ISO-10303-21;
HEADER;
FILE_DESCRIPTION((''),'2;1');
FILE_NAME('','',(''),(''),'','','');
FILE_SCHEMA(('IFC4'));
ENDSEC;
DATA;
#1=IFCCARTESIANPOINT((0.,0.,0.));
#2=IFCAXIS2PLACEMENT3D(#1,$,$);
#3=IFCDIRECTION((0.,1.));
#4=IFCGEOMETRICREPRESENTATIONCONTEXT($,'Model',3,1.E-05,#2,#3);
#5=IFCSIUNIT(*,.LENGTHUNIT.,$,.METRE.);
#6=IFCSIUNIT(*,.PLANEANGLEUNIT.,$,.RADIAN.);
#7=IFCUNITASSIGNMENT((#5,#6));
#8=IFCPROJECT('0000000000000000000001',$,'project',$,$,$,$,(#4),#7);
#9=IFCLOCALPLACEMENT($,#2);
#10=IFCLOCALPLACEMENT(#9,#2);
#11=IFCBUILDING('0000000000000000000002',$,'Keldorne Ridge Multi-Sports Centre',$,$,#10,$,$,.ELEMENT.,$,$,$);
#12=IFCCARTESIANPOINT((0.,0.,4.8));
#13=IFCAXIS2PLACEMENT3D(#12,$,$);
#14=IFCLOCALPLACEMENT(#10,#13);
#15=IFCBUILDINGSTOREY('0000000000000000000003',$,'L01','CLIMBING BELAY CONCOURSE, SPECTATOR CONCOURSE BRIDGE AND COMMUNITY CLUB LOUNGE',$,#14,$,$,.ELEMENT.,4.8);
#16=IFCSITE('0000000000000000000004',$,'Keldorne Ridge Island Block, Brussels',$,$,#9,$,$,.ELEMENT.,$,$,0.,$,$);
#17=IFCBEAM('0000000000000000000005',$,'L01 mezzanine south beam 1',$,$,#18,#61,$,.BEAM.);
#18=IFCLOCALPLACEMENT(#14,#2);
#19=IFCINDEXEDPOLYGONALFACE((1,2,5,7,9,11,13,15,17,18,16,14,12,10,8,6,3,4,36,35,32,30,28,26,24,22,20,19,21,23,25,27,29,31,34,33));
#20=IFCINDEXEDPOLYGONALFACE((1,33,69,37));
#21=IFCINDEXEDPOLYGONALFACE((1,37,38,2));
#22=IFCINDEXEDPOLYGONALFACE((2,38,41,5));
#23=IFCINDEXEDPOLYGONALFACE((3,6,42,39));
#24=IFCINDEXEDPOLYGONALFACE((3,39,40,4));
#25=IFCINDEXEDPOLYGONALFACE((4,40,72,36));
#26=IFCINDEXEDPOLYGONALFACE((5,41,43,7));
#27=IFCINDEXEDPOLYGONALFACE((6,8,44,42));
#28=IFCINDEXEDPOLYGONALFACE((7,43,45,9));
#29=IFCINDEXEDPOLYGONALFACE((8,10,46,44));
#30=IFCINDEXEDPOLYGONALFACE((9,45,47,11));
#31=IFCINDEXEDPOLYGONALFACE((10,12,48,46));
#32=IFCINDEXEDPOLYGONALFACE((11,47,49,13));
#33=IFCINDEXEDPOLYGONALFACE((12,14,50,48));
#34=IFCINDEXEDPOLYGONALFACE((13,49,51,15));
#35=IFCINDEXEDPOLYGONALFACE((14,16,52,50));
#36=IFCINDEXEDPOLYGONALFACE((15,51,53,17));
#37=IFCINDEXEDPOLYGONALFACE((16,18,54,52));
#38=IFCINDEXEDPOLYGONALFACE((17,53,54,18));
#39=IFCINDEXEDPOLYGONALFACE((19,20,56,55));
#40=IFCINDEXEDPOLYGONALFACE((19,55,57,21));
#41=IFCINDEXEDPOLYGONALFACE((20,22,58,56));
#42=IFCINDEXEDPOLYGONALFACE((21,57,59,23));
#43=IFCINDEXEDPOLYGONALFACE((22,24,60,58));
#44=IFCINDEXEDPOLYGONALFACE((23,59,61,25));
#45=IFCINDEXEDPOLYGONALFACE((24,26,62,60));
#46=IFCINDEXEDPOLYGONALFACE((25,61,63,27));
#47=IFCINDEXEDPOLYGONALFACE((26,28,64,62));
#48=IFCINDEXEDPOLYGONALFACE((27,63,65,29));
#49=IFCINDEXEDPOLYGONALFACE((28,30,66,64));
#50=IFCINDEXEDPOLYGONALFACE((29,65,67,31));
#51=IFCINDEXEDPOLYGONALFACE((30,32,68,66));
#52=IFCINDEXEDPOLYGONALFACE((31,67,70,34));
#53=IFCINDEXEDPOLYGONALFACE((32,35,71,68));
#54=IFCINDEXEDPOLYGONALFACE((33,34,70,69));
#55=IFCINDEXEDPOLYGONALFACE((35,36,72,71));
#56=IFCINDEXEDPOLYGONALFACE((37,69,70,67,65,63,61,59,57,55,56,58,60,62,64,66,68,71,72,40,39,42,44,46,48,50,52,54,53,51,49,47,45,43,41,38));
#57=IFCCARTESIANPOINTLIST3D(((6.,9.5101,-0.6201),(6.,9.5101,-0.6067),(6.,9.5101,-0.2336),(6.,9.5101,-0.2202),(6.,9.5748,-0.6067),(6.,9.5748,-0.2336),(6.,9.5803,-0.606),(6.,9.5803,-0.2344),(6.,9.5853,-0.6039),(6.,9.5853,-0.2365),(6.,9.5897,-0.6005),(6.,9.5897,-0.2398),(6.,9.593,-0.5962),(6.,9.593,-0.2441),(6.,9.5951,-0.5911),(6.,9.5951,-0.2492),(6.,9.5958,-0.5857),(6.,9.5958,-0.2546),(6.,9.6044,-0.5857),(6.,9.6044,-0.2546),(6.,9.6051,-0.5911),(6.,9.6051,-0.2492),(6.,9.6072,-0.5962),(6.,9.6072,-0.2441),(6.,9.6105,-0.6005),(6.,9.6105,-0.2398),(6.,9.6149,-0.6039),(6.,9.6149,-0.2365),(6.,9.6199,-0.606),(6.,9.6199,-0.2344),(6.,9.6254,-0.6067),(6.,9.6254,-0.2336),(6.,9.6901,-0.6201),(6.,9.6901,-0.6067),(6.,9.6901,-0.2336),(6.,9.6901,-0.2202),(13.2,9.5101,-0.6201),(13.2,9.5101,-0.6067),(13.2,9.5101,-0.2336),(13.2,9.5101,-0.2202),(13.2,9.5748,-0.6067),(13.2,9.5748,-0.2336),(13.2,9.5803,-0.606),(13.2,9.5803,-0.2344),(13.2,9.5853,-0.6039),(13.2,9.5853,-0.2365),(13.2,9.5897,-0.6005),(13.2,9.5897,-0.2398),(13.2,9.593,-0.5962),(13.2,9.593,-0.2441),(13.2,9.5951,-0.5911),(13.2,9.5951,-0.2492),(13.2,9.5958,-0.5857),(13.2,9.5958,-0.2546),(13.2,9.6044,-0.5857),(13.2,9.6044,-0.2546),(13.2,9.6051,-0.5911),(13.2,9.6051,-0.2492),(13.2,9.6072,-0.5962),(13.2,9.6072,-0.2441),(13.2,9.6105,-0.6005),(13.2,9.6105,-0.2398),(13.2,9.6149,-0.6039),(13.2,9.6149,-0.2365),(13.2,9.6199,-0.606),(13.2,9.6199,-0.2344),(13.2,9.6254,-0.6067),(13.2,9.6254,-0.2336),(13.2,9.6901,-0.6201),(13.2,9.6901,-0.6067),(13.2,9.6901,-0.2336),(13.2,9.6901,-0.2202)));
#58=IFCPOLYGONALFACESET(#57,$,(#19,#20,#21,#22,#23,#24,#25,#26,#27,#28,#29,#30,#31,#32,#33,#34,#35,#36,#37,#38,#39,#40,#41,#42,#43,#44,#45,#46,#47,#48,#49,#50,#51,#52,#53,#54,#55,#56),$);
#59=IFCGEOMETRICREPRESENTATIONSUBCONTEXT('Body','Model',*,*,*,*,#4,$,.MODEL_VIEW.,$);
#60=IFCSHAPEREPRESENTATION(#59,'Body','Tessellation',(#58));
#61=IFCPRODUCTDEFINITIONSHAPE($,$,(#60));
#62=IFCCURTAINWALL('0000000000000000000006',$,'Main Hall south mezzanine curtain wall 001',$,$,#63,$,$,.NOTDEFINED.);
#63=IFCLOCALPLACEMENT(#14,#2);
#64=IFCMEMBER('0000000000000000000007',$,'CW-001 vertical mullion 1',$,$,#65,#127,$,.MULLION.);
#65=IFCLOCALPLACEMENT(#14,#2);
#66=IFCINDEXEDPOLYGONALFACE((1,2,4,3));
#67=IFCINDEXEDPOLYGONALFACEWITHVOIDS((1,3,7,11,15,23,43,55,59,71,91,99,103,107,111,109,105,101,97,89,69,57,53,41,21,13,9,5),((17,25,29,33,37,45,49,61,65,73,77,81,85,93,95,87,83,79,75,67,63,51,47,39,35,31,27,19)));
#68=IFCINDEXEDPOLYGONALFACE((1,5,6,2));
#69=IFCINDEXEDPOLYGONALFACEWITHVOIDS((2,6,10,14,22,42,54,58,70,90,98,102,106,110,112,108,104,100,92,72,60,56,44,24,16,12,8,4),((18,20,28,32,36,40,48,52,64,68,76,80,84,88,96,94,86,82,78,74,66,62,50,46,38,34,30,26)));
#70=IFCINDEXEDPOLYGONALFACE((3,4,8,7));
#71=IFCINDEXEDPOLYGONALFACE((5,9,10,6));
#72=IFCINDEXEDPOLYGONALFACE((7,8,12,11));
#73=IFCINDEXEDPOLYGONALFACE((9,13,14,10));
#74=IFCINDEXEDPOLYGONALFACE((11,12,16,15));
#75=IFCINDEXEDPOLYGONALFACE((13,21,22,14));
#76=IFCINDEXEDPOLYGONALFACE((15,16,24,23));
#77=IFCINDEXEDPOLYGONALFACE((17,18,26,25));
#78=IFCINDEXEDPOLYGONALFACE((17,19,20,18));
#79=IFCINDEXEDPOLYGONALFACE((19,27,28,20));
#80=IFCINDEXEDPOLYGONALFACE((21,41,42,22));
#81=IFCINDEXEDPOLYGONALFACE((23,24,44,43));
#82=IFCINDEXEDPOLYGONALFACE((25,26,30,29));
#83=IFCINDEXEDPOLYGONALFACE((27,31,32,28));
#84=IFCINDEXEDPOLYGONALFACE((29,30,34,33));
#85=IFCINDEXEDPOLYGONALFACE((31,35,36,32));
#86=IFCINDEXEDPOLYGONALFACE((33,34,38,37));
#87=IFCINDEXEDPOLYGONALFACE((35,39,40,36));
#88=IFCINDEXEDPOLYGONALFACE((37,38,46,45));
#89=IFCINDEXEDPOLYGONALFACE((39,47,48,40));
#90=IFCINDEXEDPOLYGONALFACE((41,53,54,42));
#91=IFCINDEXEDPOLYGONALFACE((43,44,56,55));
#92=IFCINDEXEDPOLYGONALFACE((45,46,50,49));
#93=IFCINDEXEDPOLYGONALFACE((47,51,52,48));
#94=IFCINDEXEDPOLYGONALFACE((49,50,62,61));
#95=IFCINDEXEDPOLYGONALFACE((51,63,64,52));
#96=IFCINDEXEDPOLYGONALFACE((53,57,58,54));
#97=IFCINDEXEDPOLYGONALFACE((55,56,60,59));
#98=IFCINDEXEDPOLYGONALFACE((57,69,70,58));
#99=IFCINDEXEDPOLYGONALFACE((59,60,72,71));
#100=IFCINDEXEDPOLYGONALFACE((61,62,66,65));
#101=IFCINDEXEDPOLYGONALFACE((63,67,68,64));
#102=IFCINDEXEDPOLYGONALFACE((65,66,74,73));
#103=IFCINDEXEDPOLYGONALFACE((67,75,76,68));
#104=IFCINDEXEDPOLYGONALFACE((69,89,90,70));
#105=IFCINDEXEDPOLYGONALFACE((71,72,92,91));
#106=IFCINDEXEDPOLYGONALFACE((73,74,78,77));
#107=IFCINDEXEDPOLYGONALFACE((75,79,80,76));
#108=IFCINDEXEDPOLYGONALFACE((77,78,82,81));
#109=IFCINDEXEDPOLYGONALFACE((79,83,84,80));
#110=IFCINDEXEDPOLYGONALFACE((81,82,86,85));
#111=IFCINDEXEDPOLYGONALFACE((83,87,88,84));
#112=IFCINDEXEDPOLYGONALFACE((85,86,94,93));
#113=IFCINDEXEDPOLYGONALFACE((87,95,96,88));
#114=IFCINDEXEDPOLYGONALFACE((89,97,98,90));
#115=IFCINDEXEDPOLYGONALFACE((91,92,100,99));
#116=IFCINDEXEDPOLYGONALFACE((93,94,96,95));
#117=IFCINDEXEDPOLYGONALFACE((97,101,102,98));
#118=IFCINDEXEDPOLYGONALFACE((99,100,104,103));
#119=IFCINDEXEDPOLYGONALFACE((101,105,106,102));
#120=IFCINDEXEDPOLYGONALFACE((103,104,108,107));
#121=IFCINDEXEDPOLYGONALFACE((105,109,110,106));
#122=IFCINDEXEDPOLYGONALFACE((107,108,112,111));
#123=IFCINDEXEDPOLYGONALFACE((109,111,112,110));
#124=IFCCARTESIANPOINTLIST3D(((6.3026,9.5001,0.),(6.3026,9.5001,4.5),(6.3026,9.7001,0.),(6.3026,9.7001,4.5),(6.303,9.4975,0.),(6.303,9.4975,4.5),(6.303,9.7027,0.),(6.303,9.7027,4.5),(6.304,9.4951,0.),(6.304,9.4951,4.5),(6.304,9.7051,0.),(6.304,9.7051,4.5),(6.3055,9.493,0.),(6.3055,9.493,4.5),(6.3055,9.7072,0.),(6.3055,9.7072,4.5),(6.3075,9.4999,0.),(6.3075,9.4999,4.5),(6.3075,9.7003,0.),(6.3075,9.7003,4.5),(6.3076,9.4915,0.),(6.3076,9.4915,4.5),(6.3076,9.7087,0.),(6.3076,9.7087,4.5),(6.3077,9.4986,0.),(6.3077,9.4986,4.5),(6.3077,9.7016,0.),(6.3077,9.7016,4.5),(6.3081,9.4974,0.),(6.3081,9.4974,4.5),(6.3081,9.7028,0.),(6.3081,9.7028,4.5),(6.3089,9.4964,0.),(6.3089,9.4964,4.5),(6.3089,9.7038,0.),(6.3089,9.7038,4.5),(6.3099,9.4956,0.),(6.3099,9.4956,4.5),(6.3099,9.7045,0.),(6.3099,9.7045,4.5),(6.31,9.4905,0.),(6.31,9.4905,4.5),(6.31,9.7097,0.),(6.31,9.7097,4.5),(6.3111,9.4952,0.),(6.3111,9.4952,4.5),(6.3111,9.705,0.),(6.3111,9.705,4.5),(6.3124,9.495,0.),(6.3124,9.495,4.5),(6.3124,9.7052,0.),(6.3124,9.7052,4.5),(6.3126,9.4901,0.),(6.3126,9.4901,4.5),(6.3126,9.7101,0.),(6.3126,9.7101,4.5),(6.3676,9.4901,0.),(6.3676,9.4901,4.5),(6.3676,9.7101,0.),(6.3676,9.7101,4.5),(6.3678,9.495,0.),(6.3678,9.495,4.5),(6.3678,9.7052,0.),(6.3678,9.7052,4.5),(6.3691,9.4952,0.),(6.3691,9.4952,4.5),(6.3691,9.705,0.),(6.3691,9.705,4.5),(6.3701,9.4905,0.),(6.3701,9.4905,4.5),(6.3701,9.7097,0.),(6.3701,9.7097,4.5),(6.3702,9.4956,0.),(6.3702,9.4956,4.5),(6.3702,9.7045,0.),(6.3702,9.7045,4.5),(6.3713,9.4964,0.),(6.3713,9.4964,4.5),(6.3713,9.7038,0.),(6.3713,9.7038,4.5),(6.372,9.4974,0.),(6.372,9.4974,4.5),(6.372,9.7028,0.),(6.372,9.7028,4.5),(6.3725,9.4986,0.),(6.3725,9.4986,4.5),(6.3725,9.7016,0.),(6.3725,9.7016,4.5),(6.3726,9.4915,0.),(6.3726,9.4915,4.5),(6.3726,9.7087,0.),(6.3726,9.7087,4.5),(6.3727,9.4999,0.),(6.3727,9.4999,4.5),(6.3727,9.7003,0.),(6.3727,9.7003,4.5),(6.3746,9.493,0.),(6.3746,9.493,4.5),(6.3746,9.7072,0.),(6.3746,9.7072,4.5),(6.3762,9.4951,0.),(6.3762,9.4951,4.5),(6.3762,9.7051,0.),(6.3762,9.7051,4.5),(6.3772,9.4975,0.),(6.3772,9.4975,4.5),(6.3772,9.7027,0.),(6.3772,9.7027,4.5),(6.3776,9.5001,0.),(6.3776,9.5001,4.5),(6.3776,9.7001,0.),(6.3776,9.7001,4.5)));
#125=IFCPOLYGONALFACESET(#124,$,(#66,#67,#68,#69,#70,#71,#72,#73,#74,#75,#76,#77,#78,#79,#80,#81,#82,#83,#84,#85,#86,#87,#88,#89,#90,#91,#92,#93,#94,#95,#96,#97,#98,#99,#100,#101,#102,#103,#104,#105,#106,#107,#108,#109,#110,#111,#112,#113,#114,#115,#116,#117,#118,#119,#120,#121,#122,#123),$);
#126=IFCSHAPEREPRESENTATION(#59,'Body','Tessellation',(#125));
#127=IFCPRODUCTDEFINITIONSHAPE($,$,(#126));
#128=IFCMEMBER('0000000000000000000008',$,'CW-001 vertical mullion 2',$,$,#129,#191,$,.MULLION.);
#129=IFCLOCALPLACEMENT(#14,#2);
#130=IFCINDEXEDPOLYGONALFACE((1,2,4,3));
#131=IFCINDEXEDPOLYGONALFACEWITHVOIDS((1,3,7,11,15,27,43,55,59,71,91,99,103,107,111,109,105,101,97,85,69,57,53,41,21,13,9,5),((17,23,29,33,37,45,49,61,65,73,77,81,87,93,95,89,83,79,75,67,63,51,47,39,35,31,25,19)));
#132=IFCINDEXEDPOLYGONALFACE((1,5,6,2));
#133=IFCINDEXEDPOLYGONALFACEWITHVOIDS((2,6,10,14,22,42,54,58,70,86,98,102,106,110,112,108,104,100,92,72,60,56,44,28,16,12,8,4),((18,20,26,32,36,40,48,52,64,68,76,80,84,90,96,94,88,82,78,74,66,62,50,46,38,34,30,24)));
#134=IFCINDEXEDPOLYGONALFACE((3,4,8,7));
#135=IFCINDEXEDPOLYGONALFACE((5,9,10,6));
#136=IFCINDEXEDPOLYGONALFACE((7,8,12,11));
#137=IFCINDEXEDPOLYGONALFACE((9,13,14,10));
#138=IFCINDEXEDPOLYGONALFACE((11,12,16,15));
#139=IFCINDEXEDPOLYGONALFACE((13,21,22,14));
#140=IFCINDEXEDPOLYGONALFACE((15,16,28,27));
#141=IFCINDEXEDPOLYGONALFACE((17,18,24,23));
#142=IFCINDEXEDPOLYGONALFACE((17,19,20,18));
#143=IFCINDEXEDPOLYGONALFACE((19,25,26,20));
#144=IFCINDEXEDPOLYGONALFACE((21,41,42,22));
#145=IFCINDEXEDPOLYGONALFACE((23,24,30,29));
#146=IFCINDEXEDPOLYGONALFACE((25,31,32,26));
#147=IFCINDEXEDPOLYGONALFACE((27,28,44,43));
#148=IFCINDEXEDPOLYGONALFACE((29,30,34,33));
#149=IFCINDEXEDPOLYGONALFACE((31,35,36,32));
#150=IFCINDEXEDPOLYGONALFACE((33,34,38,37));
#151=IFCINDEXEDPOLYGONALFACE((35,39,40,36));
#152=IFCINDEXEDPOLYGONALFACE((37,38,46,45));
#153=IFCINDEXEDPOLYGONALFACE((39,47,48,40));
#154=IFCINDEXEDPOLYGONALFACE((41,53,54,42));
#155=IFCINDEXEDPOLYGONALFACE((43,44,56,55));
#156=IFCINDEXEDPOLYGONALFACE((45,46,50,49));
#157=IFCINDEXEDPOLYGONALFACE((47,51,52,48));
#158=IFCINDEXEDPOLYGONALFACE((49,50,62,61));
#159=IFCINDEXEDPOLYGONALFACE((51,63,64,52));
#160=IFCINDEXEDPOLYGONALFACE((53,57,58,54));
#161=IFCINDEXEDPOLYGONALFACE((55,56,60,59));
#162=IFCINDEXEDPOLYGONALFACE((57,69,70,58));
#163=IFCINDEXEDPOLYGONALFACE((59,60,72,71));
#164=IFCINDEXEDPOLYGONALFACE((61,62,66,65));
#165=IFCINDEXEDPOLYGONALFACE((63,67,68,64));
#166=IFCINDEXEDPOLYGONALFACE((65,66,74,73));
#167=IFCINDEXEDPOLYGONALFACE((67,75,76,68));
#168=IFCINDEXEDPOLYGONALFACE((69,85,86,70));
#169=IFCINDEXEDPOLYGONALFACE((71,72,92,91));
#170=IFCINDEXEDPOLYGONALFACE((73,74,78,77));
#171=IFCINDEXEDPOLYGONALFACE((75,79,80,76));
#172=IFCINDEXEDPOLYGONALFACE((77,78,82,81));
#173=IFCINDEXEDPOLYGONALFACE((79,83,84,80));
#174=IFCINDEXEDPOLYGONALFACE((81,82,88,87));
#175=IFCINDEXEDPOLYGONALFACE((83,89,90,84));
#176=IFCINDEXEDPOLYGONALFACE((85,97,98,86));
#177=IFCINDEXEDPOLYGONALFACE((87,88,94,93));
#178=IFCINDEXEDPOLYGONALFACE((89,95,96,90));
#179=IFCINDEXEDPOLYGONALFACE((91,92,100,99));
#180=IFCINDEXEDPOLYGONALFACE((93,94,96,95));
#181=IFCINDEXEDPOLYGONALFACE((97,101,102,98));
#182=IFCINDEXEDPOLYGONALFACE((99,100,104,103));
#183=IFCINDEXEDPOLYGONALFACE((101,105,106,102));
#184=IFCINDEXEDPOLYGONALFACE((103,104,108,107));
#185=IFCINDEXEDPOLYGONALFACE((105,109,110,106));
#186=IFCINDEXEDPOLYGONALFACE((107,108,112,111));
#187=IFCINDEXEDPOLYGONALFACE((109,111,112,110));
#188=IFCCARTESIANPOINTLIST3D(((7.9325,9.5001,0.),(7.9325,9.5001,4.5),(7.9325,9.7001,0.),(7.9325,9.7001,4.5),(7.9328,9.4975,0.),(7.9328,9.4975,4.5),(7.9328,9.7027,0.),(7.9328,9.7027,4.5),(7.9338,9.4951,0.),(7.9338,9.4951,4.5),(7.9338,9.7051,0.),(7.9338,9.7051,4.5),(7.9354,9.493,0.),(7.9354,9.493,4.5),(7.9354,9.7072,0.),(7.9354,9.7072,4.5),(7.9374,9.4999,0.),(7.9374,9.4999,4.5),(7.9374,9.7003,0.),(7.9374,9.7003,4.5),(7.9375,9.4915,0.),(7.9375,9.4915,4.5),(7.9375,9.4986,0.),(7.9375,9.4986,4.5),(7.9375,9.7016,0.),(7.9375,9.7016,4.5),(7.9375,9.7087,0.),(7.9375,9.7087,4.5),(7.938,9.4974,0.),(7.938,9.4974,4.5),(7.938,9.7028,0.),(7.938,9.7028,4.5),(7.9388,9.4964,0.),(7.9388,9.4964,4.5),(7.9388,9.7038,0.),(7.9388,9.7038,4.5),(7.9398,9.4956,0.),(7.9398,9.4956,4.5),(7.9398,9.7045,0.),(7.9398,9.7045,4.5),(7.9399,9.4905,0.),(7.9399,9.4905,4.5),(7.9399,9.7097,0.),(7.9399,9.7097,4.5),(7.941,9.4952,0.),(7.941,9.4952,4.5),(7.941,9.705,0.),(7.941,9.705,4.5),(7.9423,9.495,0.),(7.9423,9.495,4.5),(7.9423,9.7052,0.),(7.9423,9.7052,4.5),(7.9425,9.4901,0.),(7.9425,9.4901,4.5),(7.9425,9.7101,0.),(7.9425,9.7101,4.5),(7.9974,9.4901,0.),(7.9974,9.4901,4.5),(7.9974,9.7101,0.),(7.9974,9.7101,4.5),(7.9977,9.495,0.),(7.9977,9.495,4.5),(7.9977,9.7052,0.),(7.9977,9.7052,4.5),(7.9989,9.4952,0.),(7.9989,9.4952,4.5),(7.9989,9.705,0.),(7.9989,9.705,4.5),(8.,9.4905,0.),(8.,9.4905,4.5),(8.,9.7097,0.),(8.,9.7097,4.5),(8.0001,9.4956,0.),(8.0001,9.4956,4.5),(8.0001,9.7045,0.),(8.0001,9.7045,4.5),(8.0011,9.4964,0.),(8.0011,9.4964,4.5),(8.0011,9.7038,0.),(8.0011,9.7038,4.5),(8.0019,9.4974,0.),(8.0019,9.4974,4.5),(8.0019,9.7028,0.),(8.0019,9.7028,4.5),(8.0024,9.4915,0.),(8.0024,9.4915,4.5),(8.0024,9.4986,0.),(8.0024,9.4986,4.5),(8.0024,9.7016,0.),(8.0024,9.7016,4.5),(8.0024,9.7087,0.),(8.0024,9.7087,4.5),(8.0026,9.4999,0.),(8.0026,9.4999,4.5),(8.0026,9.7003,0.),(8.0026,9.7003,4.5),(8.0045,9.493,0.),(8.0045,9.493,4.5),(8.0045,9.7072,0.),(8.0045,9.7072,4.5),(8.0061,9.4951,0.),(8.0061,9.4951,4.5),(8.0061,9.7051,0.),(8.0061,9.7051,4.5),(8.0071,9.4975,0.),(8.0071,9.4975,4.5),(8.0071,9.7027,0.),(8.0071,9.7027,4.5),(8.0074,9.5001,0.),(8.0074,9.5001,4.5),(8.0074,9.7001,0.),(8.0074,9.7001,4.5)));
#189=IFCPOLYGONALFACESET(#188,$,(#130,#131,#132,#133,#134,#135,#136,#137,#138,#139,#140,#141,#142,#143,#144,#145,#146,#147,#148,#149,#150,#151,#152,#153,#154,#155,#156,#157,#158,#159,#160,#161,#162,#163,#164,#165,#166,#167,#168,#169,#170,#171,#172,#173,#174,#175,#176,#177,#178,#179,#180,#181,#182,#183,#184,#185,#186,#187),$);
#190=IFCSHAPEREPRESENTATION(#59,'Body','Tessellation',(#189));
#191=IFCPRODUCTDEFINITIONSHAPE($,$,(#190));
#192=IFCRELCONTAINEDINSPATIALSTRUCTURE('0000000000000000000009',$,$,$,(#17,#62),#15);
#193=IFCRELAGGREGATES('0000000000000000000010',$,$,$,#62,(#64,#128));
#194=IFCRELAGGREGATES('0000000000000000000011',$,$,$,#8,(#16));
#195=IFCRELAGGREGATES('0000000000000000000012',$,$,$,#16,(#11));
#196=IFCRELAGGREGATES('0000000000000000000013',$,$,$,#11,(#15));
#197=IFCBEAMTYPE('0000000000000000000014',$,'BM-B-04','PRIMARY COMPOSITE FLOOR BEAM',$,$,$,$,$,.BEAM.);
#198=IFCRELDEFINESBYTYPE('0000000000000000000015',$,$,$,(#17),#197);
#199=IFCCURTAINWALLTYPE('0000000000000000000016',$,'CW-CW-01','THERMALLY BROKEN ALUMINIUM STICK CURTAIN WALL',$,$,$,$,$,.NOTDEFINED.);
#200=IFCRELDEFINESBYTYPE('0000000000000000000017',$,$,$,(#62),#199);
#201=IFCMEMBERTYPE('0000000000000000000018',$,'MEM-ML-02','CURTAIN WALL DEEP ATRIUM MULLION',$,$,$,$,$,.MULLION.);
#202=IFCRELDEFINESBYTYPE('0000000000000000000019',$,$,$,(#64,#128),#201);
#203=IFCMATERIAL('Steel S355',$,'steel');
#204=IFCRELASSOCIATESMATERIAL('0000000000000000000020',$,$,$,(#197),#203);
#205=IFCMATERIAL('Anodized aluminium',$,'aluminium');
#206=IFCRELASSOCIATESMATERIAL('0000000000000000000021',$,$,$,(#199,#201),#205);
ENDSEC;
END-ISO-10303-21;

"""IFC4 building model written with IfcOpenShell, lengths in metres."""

from ifc_helpers import new_model, si_unit, direction, frame, origin, origin_2d, place, context, subcontext, project, spatial, hollow_rectangle, i_section, extrude, material, material_profile, profile_set, type_object, element, aggregate, save


model = new_model("IFC4")

# Units and contexts
model_context = context("Model", 3, precision=1e-05, world=origin(), true_north=direction((0.0, 1.0)))
body_context = subcontext(model_context, "Body", "Model", "MODEL_VIEW")
ifc_project = project(units=[si_unit("LENGTHUNIT", "METRE"), si_unit("PLANEANGLEUNIT", "RADIAN")], contexts=[model_context])

# Site, building, storey
site_placement = place(None, origin())
site = spatial("IfcSite", under=ifc_project, at=site_placement, Name="Keldorne Ridge Island Block, Brussels", CompositionType="ELEMENT", RefElevation=0.0)
building_placement = place(site_placement, origin())
building = spatial("IfcBuilding", under=site, at=building_placement, Name="Keldorne Ridge Multi-Sports Centre", CompositionType="ELEMENT")
storey_placement = place(building_placement, frame((0.0, 0.0, 4.8)))
storey = spatial("IfcBuildingStorey", under=building, at=storey_placement, Name="L01", Description="CLIMBING BELAY CONCOURSE, SPECTATOR CONCOURSE BRIDGE AND COMMUNITY CLUB LOUNGE", CompositionType="ELEMENT", Elevation=4.8)

# Shared definitions
ifc_material_1 = material(Name="Steel S355", Category="steel")

# Beam
ifc_material_profile_1 = material_profile(ifc_material_1, i_section(OverallWidth=0.1799, OverallDepth=0.3999, WebThickness=0.0085, FlangeThickness=0.0134, FilletRadius=0.021, at=origin_2d()), Name="IPE 400")
ifc_profile_set_1 = profile_set([ifc_material_profile_1], Name="Steel S355")
beam_type = type_object("IfcBeamType", Name="BM-B-04", Description="PRIMARY COMPOSITE FLOOR BEAM", PredefinedType="BEAM", material=ifc_profile_set_1)
beam_placement = place(storey_placement, frame((6.0, 9.6001, -0.4202), z_axis=(1.0, 0.0, 0.0), x_axis=(0.0, 1.0, 0.0)))
element("IfcBeam", 1, at=beam_placement, inside=storey, type_object=beam_type, Name="L01 mezzanine south beam 1", PredefinedType="BEAM", context=body_context, shape_type="SweptSolid", body=[
    extrude(i_section(OverallWidth=0.1799, OverallDepth=0.3999, WebThickness=0.0085, FlangeThickness=0.0134, FilletRadius=0.021, at=origin_2d()), origin(), (0.0, 0.0, 1.0), 7.2),
])

# Curtain wall, members
ifc_material_2 = material(Name="Anodized aluminium", Category="aluminium")
curtain_wall_type = type_object("IfcCurtainWallType", Name="CW-CW-01", Description="THERMALLY BROKEN ALUMINIUM STICK CURTAIN WALL", PredefinedType="NOTDEFINED", material=ifc_material_2)
curtain_wall_placement = place(storey_placement, origin())
curtain_wall = element("IfcCurtainWall", 2, at=curtain_wall_placement, inside=storey, type_object=curtain_wall_type, Name="Main Hall south mezzanine curtain wall 001", PredefinedType="NOTDEFINED")
ifc_material_profile_2 = material_profile(ifc_material_2, hollow_rectangle(XDim=0.075, YDim=0.22, WallThickness=0.0049, InnerFilletRadius=0.0049, OuterFilletRadius=0.01, at=origin_2d()), Name="ALU MULLION 220x75x5")
ifc_profile_set_2 = profile_set([ifc_material_profile_2], Name="Anodized aluminium")
member_type_1 = type_object("IfcMemberType", Name="MEM-ML-02", Description="CURTAIN WALL DEEP ATRIUM MULLION", PredefinedType="MULLION", material=ifc_profile_set_2)
member_1_placement = place(storey_placement, frame((6.3401, 9.6001, 0.0), z_axis=(0.0, 0.0, 1.0), x_axis=(1.0, 0.0, 0.0)))
member_1 = element("IfcMember", 3, at=member_1_placement, type_object=member_type_1, Name="CW-001 vertical mullion 1", PredefinedType="MULLION", context=body_context, shape_type="SweptSolid", body=[
    extrude(hollow_rectangle(XDim=0.075, YDim=0.22, WallThickness=0.0049, InnerFilletRadius=0.0049, OuterFilletRadius=0.01, at=origin_2d()), origin(), (0.0, 0.0, 1.0), 4.5),
])
member_2_placement = place(storey_placement, frame((7.97, 9.6001, 0.0), z_axis=(0.0, 0.0, 1.0), x_axis=(1.0, 0.0, 0.0)))
member_2 = element("IfcMember", 4, at=member_2_placement, type_object=member_type_1, Name="CW-001 vertical mullion 2", PredefinedType="MULLION", context=body_context, shape_type="SweptSolid", body=[
    extrude(hollow_rectangle(XDim=0.075, YDim=0.22, WallThickness=0.0049, InnerFilletRadius=0.0049, OuterFilletRadius=0.01, at=origin_2d()), origin(), (0.0, 0.0, 1.0), 4.5),
])
aggregate(curtain_wall, [member_1, member_2])

save(model, "model.ifc")
